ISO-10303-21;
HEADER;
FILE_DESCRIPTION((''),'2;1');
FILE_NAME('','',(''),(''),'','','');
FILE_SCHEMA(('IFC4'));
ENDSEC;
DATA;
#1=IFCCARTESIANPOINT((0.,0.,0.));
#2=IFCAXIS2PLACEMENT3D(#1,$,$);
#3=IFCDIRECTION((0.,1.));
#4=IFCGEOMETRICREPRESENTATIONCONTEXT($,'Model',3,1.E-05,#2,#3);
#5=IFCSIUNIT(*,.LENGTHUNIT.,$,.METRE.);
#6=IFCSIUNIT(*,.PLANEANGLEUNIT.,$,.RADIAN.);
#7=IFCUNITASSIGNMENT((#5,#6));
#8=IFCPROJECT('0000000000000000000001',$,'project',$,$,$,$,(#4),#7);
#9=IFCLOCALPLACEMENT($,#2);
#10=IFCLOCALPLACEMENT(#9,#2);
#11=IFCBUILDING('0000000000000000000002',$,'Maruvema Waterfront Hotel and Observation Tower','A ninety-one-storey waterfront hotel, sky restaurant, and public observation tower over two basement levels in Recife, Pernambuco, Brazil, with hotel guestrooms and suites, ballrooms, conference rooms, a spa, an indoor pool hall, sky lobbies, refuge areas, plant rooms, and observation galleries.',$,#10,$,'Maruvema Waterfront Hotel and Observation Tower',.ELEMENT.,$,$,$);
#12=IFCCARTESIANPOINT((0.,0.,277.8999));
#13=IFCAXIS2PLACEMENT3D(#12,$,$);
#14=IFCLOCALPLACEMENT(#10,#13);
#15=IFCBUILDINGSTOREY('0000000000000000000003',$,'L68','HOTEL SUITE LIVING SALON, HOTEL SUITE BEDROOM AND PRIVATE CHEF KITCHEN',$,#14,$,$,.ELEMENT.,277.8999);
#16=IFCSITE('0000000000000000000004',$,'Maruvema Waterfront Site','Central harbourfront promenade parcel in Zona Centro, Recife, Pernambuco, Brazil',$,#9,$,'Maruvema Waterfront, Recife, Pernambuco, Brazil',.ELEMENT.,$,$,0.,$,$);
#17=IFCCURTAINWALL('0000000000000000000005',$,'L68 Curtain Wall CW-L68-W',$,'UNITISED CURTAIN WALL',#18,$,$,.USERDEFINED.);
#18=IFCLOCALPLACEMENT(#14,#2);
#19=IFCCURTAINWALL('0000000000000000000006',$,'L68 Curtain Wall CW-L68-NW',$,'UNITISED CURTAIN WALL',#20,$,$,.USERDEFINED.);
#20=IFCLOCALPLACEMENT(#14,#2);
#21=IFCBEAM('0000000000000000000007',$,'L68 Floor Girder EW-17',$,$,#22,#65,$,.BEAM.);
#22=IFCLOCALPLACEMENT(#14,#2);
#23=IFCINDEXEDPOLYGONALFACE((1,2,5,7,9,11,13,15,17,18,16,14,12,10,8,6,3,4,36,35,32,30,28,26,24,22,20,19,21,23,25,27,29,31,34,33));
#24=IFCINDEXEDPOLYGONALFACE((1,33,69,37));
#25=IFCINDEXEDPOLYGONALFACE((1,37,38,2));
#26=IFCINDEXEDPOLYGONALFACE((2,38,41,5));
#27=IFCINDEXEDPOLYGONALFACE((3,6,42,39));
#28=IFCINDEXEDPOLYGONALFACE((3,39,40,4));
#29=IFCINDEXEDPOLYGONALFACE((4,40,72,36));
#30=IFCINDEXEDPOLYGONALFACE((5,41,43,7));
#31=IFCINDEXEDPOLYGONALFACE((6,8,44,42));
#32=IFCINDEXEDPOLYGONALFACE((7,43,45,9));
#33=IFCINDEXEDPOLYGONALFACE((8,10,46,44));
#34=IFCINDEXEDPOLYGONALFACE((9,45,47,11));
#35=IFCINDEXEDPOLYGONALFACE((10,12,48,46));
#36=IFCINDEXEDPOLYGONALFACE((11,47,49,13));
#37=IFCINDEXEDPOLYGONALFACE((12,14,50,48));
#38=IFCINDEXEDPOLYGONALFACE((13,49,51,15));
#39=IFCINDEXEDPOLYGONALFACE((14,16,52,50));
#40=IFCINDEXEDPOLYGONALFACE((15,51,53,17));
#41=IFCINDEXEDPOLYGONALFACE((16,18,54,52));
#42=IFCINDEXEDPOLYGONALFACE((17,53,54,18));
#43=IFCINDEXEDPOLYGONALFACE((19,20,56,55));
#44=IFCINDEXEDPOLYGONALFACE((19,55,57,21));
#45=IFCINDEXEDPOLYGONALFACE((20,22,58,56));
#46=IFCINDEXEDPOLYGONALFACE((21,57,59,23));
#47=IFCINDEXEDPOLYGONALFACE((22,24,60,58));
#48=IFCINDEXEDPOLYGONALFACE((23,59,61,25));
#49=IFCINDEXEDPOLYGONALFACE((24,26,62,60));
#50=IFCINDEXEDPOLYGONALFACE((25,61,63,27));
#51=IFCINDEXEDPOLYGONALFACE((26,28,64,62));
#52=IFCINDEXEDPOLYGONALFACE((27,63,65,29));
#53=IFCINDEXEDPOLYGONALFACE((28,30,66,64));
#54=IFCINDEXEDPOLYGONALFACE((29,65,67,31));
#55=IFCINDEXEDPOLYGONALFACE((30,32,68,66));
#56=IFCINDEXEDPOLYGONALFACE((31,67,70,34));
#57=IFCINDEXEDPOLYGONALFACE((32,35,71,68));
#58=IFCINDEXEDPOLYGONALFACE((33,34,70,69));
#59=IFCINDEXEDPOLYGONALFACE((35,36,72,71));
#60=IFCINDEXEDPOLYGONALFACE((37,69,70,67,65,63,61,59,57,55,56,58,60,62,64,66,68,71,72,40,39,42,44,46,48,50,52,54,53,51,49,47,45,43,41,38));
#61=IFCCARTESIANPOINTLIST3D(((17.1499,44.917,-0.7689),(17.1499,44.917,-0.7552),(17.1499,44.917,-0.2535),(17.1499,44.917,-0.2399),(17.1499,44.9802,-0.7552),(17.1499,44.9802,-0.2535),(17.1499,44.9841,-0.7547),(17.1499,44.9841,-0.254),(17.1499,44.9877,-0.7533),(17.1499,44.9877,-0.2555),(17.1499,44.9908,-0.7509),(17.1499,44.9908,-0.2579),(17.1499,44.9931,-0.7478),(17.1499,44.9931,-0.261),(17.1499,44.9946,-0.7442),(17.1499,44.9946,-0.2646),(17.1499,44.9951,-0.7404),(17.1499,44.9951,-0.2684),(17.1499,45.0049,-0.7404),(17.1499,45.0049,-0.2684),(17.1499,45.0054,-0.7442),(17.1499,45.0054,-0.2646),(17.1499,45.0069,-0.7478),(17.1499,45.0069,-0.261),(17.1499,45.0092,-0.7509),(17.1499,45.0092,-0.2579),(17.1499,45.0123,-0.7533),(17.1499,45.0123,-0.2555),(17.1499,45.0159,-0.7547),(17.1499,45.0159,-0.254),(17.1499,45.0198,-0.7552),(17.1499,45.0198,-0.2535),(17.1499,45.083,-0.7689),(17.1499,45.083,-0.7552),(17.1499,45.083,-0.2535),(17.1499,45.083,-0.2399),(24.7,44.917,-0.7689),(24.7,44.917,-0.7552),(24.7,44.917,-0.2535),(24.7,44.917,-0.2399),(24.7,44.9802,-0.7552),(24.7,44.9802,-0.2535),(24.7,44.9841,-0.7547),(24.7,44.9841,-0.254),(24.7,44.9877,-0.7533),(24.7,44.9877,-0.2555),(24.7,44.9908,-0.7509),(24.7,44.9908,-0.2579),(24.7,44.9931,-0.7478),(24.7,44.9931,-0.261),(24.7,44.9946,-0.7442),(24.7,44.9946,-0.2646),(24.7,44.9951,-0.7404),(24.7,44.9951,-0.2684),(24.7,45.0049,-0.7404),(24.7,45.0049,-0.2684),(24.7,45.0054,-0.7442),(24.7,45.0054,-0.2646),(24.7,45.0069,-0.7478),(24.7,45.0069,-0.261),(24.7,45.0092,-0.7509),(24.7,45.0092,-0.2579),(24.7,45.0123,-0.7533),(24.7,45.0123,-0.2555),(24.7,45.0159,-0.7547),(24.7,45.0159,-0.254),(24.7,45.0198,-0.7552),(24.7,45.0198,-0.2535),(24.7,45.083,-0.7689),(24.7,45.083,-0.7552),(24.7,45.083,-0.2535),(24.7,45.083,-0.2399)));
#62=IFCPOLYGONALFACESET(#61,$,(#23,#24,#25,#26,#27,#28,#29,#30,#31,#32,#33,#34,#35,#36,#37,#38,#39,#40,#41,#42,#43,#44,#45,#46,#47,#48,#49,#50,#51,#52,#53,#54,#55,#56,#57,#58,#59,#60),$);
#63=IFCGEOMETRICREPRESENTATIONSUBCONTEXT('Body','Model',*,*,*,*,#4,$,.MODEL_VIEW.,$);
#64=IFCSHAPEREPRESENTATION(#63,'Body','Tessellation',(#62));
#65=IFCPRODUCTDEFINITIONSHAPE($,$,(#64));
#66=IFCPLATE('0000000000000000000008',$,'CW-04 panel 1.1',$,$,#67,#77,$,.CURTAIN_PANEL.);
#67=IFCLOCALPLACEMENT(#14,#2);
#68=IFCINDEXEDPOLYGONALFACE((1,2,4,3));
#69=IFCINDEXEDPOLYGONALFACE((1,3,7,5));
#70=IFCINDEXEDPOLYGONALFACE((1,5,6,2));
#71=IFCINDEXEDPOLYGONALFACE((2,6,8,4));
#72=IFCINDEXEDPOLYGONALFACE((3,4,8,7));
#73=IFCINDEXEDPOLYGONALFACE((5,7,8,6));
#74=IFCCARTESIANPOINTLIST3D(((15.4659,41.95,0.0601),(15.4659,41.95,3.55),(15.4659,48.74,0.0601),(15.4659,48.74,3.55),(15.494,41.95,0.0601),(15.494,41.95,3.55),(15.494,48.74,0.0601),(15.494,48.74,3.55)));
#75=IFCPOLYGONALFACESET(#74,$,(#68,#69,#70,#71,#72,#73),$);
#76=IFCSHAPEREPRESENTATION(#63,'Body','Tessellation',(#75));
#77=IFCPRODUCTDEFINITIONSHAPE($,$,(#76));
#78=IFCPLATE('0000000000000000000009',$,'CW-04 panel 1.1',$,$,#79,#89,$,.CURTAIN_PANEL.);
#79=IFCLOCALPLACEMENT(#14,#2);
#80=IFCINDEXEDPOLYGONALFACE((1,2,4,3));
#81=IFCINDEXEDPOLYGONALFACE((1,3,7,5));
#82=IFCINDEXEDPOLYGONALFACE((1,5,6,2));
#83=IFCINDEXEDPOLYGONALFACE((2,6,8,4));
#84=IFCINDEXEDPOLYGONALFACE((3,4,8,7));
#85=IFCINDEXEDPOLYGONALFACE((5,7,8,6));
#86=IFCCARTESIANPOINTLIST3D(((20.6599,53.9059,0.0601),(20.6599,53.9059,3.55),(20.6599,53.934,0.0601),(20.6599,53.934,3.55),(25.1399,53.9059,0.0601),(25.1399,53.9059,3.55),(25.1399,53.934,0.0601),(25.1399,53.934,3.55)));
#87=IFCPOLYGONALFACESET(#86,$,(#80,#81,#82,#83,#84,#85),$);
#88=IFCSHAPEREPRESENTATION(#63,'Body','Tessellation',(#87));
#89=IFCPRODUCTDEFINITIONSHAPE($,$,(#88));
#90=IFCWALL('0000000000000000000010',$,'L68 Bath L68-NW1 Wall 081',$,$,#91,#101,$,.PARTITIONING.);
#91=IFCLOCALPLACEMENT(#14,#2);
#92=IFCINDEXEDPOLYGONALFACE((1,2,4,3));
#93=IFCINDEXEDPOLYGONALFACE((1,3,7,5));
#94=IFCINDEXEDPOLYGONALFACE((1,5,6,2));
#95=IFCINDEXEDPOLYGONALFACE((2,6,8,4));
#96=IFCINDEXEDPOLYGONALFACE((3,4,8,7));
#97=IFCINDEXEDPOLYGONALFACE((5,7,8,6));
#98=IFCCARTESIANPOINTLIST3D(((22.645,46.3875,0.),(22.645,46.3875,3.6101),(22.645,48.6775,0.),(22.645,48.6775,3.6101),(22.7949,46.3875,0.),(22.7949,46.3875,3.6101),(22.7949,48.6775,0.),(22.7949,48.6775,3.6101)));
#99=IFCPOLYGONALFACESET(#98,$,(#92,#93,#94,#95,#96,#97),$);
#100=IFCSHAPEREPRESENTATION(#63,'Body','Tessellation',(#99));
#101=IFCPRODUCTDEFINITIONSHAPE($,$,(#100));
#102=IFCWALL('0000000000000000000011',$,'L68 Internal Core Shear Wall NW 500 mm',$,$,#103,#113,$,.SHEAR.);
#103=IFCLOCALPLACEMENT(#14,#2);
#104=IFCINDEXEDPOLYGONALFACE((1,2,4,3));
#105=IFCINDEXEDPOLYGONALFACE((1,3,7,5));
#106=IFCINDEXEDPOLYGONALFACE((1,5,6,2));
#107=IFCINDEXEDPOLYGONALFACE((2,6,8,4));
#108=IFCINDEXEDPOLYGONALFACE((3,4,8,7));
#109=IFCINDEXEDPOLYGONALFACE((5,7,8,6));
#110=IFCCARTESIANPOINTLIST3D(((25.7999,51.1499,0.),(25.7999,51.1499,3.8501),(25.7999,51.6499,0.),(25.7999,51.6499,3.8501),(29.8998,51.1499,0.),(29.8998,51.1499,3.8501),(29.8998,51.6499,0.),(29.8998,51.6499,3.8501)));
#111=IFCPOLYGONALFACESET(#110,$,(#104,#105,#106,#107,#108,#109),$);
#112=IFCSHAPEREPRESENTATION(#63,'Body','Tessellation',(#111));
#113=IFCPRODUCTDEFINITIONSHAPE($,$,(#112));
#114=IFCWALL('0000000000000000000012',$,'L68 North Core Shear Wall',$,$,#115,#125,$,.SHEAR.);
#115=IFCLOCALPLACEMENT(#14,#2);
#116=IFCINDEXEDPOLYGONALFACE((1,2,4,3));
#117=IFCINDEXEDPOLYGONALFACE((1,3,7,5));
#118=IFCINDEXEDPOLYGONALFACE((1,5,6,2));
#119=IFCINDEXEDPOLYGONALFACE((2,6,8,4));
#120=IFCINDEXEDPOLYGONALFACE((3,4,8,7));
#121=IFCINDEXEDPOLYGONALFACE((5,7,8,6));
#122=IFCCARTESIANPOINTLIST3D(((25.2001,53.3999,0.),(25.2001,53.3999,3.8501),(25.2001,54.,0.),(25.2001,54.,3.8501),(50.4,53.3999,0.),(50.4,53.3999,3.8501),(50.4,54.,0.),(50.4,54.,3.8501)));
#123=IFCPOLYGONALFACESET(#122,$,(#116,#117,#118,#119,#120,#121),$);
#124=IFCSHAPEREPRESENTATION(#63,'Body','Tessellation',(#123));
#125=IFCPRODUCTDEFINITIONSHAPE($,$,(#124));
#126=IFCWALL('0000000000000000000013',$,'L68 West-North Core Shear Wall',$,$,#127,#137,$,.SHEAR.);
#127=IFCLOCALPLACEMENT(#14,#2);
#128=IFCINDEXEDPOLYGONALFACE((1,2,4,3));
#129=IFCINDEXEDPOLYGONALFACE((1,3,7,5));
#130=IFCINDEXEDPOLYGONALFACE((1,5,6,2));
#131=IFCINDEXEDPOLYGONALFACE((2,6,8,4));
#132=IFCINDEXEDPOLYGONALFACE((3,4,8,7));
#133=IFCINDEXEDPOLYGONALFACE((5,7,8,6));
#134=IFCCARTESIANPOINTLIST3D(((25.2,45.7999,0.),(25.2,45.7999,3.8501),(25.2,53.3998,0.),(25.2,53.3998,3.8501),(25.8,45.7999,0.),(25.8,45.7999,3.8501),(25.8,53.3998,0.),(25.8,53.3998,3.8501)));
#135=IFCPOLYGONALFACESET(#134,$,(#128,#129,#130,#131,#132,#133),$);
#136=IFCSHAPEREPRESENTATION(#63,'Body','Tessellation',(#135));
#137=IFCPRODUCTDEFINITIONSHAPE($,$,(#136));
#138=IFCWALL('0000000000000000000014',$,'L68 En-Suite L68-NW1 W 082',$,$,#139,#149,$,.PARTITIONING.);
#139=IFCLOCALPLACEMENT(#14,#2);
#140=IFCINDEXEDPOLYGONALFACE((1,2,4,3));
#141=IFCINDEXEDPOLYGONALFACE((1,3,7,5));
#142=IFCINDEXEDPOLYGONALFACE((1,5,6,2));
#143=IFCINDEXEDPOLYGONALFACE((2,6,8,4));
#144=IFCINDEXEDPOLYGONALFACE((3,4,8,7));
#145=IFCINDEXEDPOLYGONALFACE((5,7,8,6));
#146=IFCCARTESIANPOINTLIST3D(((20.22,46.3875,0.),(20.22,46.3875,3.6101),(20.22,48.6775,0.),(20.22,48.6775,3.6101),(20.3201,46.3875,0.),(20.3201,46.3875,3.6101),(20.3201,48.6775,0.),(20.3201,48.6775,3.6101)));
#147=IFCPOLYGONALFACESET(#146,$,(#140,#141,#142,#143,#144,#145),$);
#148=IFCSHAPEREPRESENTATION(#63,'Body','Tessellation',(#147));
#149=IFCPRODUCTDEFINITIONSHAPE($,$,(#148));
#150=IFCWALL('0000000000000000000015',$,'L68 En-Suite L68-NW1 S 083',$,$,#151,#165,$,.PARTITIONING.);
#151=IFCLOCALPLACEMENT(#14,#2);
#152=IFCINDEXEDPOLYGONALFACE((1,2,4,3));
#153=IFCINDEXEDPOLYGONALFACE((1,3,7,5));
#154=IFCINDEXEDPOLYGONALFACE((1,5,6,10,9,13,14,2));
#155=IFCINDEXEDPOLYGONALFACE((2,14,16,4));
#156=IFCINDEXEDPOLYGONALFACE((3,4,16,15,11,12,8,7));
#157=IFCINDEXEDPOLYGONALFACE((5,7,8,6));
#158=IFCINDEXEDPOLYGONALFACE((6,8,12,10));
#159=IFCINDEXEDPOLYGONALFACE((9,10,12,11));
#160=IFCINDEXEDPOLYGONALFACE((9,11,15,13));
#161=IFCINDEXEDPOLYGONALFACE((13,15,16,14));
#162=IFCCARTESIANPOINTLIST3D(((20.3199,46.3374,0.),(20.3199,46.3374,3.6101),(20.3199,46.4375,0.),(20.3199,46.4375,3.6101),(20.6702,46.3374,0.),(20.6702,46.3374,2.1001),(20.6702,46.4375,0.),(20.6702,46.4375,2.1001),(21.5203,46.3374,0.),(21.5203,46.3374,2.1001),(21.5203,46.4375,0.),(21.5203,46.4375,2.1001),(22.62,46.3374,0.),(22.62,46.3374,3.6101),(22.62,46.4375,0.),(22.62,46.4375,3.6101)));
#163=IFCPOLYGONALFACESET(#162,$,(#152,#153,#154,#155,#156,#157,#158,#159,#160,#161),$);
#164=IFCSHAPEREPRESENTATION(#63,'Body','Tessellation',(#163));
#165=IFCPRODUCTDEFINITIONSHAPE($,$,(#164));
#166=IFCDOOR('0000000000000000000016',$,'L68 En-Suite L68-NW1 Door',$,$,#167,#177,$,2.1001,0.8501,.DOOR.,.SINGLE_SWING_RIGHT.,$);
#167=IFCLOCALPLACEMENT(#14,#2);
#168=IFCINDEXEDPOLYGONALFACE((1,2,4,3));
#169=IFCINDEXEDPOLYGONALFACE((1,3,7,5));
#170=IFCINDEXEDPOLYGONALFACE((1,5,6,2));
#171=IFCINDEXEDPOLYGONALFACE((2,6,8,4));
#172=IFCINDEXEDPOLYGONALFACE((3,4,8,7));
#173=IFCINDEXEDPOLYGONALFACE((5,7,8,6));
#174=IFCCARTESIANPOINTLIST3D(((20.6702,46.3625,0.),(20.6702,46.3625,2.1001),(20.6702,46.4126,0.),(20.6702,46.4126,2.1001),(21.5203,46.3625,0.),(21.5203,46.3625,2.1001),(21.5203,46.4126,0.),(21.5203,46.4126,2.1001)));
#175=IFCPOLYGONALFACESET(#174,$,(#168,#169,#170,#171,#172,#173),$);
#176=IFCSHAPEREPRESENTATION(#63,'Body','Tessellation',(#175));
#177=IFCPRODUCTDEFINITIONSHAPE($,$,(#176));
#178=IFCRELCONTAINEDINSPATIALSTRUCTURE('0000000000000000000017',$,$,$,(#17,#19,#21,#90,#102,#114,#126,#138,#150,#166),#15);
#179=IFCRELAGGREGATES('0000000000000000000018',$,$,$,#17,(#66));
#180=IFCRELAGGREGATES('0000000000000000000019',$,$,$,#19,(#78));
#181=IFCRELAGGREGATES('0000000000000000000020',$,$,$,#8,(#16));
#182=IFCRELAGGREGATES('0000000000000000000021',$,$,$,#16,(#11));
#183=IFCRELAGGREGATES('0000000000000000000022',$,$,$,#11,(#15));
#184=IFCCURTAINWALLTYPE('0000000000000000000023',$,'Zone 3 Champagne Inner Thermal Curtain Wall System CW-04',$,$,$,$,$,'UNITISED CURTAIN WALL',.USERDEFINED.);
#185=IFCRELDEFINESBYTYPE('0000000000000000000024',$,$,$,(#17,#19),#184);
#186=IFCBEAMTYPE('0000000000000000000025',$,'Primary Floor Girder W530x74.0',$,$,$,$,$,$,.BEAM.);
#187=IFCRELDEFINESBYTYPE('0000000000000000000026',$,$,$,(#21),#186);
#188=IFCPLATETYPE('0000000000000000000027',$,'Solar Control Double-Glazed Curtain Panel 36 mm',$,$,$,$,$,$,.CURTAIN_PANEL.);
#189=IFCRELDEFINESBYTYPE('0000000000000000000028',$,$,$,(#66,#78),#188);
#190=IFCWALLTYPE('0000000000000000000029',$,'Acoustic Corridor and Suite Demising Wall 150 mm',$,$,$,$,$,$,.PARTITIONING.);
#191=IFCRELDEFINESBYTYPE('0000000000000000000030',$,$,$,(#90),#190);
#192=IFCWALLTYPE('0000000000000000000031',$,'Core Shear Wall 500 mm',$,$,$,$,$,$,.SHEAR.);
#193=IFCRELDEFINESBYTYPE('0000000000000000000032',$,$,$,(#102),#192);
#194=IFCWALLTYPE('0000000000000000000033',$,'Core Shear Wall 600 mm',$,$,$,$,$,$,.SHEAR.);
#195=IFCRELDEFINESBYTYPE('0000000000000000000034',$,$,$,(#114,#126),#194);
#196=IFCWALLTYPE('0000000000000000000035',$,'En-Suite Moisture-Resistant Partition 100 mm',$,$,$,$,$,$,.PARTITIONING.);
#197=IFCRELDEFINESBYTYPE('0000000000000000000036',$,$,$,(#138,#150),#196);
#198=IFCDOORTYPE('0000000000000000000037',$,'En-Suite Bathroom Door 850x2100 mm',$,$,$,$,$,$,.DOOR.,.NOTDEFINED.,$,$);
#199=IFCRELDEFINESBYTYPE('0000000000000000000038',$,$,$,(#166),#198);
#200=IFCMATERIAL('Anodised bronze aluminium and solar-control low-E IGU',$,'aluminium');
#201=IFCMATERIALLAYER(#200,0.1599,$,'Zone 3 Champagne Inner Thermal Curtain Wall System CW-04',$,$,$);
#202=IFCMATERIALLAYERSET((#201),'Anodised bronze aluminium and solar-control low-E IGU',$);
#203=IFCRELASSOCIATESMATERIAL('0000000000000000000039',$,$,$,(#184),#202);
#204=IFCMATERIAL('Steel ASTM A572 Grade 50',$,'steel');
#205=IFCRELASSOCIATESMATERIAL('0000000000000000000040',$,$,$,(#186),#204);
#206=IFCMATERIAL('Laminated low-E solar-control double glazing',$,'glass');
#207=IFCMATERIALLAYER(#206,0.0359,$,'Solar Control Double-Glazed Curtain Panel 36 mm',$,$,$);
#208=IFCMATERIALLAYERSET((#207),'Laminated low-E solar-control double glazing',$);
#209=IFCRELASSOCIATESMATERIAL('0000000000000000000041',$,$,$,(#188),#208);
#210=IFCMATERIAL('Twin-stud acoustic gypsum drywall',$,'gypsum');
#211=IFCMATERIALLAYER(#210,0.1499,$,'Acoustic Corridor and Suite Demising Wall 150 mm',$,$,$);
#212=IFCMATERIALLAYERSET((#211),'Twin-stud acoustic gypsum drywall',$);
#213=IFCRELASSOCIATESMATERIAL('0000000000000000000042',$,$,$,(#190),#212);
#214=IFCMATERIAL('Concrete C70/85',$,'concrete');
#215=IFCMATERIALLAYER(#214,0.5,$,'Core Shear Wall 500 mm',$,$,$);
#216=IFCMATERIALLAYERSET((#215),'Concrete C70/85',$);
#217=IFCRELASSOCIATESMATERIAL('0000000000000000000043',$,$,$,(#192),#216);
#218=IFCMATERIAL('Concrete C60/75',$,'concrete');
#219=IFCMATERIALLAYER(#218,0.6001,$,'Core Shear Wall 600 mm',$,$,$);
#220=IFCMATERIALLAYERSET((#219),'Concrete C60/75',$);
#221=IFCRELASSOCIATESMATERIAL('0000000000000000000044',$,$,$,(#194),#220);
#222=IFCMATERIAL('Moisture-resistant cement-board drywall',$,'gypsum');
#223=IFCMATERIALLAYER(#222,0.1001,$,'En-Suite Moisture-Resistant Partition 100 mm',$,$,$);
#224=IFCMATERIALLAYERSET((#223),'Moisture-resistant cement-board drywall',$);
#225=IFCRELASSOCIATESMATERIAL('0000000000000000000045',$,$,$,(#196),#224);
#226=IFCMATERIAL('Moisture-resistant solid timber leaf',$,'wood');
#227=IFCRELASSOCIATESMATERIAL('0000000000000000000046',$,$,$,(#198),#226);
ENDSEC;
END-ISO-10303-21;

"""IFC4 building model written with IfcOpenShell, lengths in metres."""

from ifc_helpers import new_model, si_unit, direction, frame, frame_2d, origin, origin_2d, place, context, subcontext, project, spatial, rectangle, i_section, extrude, material, layer, layer_set, material_profile, profile_set, type_object, element, fill, aggregate, save


model = new_model("IFC4")

# Units and contexts
model_context = context("Model", 3, precision=1e-05, world=origin(), true_north=direction((0.0, 1.0)))
body_context = subcontext(model_context, "Body", "Model", "MODEL_VIEW")
ifc_project = project(units=[si_unit("LENGTHUNIT", "METRE"), si_unit("PLANEANGLEUNIT", "RADIAN")], contexts=[model_context])

# Site, building, storey
site_placement = place(None, origin())
site = spatial("IfcSite", under=ifc_project, at=site_placement, Name="Maruvema Waterfront Site", Description="Central harbourfront promenade parcel in Zona Centro, Recife, Pernambuco, Brazil", LongName="Maruvema Waterfront, Recife, Pernambuco, Brazil", CompositionType="ELEMENT", RefElevation=0.0)
building_placement = place(site_placement, origin())
building = spatial("IfcBuilding", under=site, at=building_placement, Name="Maruvema Waterfront Hotel and Observation Tower", Description="A ninety-one-storey waterfront hotel, sky restaurant, and public observation tower over two basement levels in Recife, Pernambuco, Brazil, with hotel guestrooms and suites, ballrooms, conference rooms, a spa, an indoor pool hall, sky lobbies, refuge areas, plant rooms, and observation galleries.", LongName="Maruvema Waterfront Hotel and Observation Tower", CompositionType="ELEMENT")
storey_placement = place(building_placement, frame((0.0, 0.0, 277.8999)))
storey = spatial("IfcBuildingStorey", under=building, at=storey_placement, Name="L68", Description="HOTEL SUITE LIVING SALON, HOTEL SUITE BEDROOM AND PRIVATE CHEF KITCHEN", CompositionType="ELEMENT", Elevation=277.8999)

# Curtain walls
ifc_material_1 = material(Name="Anodised bronze aluminium and solar-control low-E IGU", Category="aluminium")
ifc_layer_1 = layer(ifc_material_1, 0.1599, Name="Zone 3 Champagne Inner Thermal Curtain Wall System CW-04")
ifc_layer_set_1 = layer_set([ifc_layer_1], Name="Anodised bronze aluminium and solar-control low-E IGU")
curtain_wall_type = type_object("IfcCurtainWallType", Name="Zone 3 Champagne Inner Thermal Curtain Wall System CW-04", ElementType="UNITISED CURTAIN WALL", PredefinedType="USERDEFINED", material=ifc_layer_set_1)
curtain_wall_1_placement = place(storey_placement, origin())
curtain_wall_1 = element("IfcCurtainWall", 1, at=curtain_wall_1_placement, inside=storey, type_object=curtain_wall_type, Name="L68 Curtain Wall CW-L68-W", ObjectType="UNITISED CURTAIN WALL", PredefinedType="USERDEFINED")
curtain_wall_2_placement = place(storey_placement, origin())
curtain_wall_2 = element("IfcCurtainWall", 2, at=curtain_wall_2_placement, inside=storey, type_object=curtain_wall_type, Name="L68 Curtain Wall CW-L68-NW", ObjectType="UNITISED CURTAIN WALL", PredefinedType="USERDEFINED")

# Beam
ifc_material_2 = material(Name="Steel ASTM A572 Grade 50", Category="steel")
ifc_material_profile_1 = material_profile(ifc_material_2, i_section(OverallWidth=0.166, OverallDepth=0.5291, WebThickness=0.0098, FlangeThickness=0.0137, FilletRadius=0.0149, at=origin_2d()), Name="W530x74.0")
ifc_profile_set_1 = profile_set([ifc_material_profile_1], Name="Steel ASTM A572 Grade 50")
beam_type = type_object("IfcBeamType", Name="Primary Floor Girder W530x74.0", PredefinedType="BEAM", material=ifc_profile_set_1)
beam_placement = place(storey_placement, frame((17.1499, 45.0, -0.5044), z_axis=(1.0, 0.0, 0.0), x_axis=(0.0, 1.0, 0.0)))
element("IfcBeam", 3, at=beam_placement, inside=storey, type_object=beam_type, Name="L68 Floor Girder EW-17", PredefinedType="BEAM", context=body_context, shape_type="SweptSolid", body=[
    extrude(i_section(OverallWidth=0.166, OverallDepth=0.5291, WebThickness=0.0098, FlangeThickness=0.0137, FilletRadius=0.0149, at=origin_2d()), origin(), (0.0, 0.0, 1.0), 7.55),
])

# Plates
ifc_material_3 = material(Name="Laminated low-E solar-control double glazing", Category="glass")
ifc_layer_2 = layer(ifc_material_3, 0.0359, Name="Solar Control Double-Glazed Curtain Panel 36 mm")
ifc_layer_set_2 = layer_set([ifc_layer_2], Name="Laminated low-E solar-control double glazing")
plate_type = type_object("IfcPlateType", Name="Solar Control Double-Glazed Curtain Panel 36 mm", PredefinedType="CURTAIN_PANEL", material=ifc_layer_set_2)
plate_1_placement = place(storey_placement, frame((15.48, 45.345, 0.0601), z_axis=(0.0, 0.0, 1.0), x_axis=(0.0, -1.0, 0.0)))
plate_1 = element("IfcPlate", 4, at=plate_1_placement, type_object=plate_type, Name="CW-04 panel 1.1", PredefinedType="CURTAIN_PANEL", context=body_context, shape_type="SweptSolid", body=[
    extrude(rectangle(XDim=6.79, YDim=0.0281, at=origin_2d()), origin(), (0.0, 0.0, 1.0), 3.49),
])
aggregate(curtain_wall_1, [plate_1])
plate_2_placement = place(storey_placement, frame((22.8999, 53.9199, 0.0601), z_axis=(0.0, 0.0, 1.0), x_axis=(-1.0, 0.0, 0.0)))
plate_2 = element("IfcPlate", 5, at=plate_2_placement, type_object=plate_type, Name="CW-04 panel 1.1", PredefinedType="CURTAIN_PANEL", context=body_context, shape_type="SweptSolid", body=[
    extrude(rectangle(XDim=4.48, YDim=0.0281, at=origin_2d()), origin(), (0.0, 0.0, 1.0), 3.49),
])
aggregate(curtain_wall_2, [plate_2])

# Walls
ifc_material_4 = material(Name="Twin-stud acoustic gypsum drywall", Category="gypsum")
ifc_layer_3 = layer(ifc_material_4, 0.1499, Name="Acoustic Corridor and Suite Demising Wall 150 mm")
ifc_layer_set_3 = layer_set([ifc_layer_3], Name="Twin-stud acoustic gypsum drywall")
wall_type_1 = type_object("IfcWallType", Name="Acoustic Corridor and Suite Demising Wall 150 mm", PredefinedType="PARTITIONING", material=ifc_layer_set_3)
wall_1_placement = place(storey_placement, frame((22.72, 46.3875, 0.0), z_axis=(0.0, 0.0, 1.0), x_axis=(0.0, 1.0, 0.0)))
element("IfcWall", 6, at=wall_1_placement, inside=storey, type_object=wall_type_1, Name="L68 Bath L68-NW1 Wall 081", PredefinedType="PARTITIONING", context=body_context, shape_type="SweptSolid", body=[
    extrude(rectangle(XDim=2.29, YDim=0.1499, at=frame_2d((1.145, 0.0))), origin(), (0.0, 0.0, 1.0), 3.6101),
])
ifc_material_5 = material(Name="Concrete C70/85", Category="concrete")
ifc_layer_4 = layer(ifc_material_5, 0.5, Name="Core Shear Wall 500 mm")
ifc_layer_set_4 = layer_set([ifc_layer_4], Name="Concrete C70/85")
wall_type_2 = type_object("IfcWallType", Name="Core Shear Wall 500 mm", PredefinedType="SHEAR", material=ifc_layer_set_4)
wall_2_placement = place(storey_placement, frame((25.8, 51.3999, 0.0), z_axis=(0.0, 0.0, 1.0), x_axis=(1.0, 0.0, 0.0)))
element("IfcWall", 7, at=wall_2_placement, inside=storey, type_object=wall_type_2, Name="L68 Internal Core Shear Wall NW 500 mm", PredefinedType="SHEAR", context=body_context, shape_type="SweptSolid", body=[
    extrude(rectangle(XDim=4.0999, YDim=0.5, at=frame_2d((2.0498, 0.0))), origin(), (0.0, 0.0, 1.0), 3.8501),
])
ifc_material_6 = material(Name="Concrete C60/75", Category="concrete")
ifc_layer_5 = layer(ifc_material_6, 0.6001, Name="Core Shear Wall 600 mm")
ifc_layer_set_5 = layer_set([ifc_layer_5], Name="Concrete C60/75")
wall_type_3 = type_object("IfcWallType", Name="Core Shear Wall 600 mm", PredefinedType="SHEAR", material=ifc_layer_set_5)
wall_3_placement = place(storey_placement, frame((25.2, 53.7, 0.0), z_axis=(0.0, 0.0, 1.0), x_axis=(1.0, 0.0, 0.0)))
element("IfcWall", 8, at=wall_3_placement, inside=storey, type_object=wall_type_3, Name="L68 North Core Shear Wall", PredefinedType="SHEAR", context=body_context, shape_type="SweptSolid", body=[
    extrude(rectangle(XDim=25.2, YDim=0.6001, at=frame_2d((12.6001, 0.0))), origin(), (0.0, 0.0, 1.0), 3.8501),
])
wall_4_placement = place(storey_placement, frame((25.5, 45.8, 0.0), z_axis=(0.0, 0.0, 1.0), x_axis=(0.0, 1.0, 0.0)))
element("IfcWall", 9, at=wall_4_placement, inside=storey, type_object=wall_type_3, Name="L68 West-North Core Shear Wall", PredefinedType="SHEAR", context=body_context, shape_type="SweptSolid", body=[
    extrude(rectangle(XDim=7.5999, YDim=0.6001, at=frame_2d((3.7998, 0.0))), origin(), (0.0, 0.0, 1.0), 3.8501),
])
ifc_material_7 = material(Name="Moisture-resistant cement-board drywall", Category="gypsum")
ifc_layer_6 = layer(ifc_material_7, 0.1001, Name="En-Suite Moisture-Resistant Partition 100 mm")
ifc_layer_set_6 = layer_set([ifc_layer_6], Name="Moisture-resistant cement-board drywall")
wall_type_4 = type_object("IfcWallType", Name="En-Suite Moisture-Resistant Partition 100 mm", PredefinedType="PARTITIONING", material=ifc_layer_set_6)
wall_5_placement = place(storey_placement, frame((20.27, 46.3875, 0.0), z_axis=(0.0, 0.0, 1.0), x_axis=(0.0, 1.0, 0.0)))
element("IfcWall", 10, at=wall_5_placement, inside=storey, type_object=wall_type_4, Name="L68 En-Suite L68-NW1 W 082", PredefinedType="PARTITIONING", context=body_context, shape_type="SweptSolid", body=[
    extrude(rectangle(XDim=2.29, YDim=0.1001, at=frame_2d((1.145, 0.0))), origin(), (0.0, 0.0, 1.0), 3.6101),
])

# Wall, opening, door
wall_6_placement = place(storey_placement, frame((20.3201, 46.3875, 0.0), z_axis=(0.0, 0.0, 1.0), x_axis=(1.0, 0.0, 0.0)))
wall_6 = element("IfcWall", 11, at=wall_6_placement, inside=storey, type_object=wall_type_4, Name="L68 En-Suite L68-NW1 S 083", PredefinedType="PARTITIONING", context=body_context, shape_type="SweptSolid", body=[
    extrude(rectangle(XDim=2.3, YDim=0.1001, at=frame_2d((1.1499, 0.0))), origin(), (0.0, 0.0, 1.0), 3.6101),
])
opening_placement = place(wall_6_placement, frame((0.3501, 0.0, 0.0)))
opening = element("IfcOpeningElement", 12, at=opening_placement, cuts=wall_6, PredefinedType="OPENING", context=body_context, shape_type="SweptSolid", body=[
    extrude(rectangle(XDim=0.8501, YDim=2.1001, at=frame_2d((0.425, 1.05))), frame((0.0, 0.0601, 0.0), z_axis=(0.0, -1.0, 0.0), x_axis=(1.0, 0.0, 0.0)), (0.0, 0.0, 1.0), 0.1201),
])
ifc_material_8 = material(Name="Moisture-resistant solid timber leaf", Category="wood")
door_type = type_object("IfcDoorType", Name="En-Suite Bathroom Door 850x2100 mm", OperationType="NOTDEFINED", PredefinedType="DOOR", material=ifc_material_8)
door_placement = place(opening_placement, frame((0.8501, 0.0, 0.0), z_axis=(0.0, 0.0, 1.0), x_axis=(-1.0, 0.0, 0.0)))
door = element("IfcDoor", 13, at=door_placement, inside=storey, type_object=door_type, Name="L68 En-Suite L68-NW1 Door", OperationType="SINGLE_SWING_RIGHT", OverallHeight=2.1001, OverallWidth=0.8501, PredefinedType="DOOR", context=body_context, shape_type="SweptSolid", body=[
    extrude(rectangle(XDim=0.8501, YDim=2.1001, at=frame_2d((0.425, 1.05))), frame((0.0, 0.0249, 0.0), z_axis=(0.0, -1.0, 0.0), x_axis=(1.0, 0.0, 0.0)), (0.0, 0.0, 1.0), 0.05),
])
fill(opening, door)

save(model, "model.ifc")
